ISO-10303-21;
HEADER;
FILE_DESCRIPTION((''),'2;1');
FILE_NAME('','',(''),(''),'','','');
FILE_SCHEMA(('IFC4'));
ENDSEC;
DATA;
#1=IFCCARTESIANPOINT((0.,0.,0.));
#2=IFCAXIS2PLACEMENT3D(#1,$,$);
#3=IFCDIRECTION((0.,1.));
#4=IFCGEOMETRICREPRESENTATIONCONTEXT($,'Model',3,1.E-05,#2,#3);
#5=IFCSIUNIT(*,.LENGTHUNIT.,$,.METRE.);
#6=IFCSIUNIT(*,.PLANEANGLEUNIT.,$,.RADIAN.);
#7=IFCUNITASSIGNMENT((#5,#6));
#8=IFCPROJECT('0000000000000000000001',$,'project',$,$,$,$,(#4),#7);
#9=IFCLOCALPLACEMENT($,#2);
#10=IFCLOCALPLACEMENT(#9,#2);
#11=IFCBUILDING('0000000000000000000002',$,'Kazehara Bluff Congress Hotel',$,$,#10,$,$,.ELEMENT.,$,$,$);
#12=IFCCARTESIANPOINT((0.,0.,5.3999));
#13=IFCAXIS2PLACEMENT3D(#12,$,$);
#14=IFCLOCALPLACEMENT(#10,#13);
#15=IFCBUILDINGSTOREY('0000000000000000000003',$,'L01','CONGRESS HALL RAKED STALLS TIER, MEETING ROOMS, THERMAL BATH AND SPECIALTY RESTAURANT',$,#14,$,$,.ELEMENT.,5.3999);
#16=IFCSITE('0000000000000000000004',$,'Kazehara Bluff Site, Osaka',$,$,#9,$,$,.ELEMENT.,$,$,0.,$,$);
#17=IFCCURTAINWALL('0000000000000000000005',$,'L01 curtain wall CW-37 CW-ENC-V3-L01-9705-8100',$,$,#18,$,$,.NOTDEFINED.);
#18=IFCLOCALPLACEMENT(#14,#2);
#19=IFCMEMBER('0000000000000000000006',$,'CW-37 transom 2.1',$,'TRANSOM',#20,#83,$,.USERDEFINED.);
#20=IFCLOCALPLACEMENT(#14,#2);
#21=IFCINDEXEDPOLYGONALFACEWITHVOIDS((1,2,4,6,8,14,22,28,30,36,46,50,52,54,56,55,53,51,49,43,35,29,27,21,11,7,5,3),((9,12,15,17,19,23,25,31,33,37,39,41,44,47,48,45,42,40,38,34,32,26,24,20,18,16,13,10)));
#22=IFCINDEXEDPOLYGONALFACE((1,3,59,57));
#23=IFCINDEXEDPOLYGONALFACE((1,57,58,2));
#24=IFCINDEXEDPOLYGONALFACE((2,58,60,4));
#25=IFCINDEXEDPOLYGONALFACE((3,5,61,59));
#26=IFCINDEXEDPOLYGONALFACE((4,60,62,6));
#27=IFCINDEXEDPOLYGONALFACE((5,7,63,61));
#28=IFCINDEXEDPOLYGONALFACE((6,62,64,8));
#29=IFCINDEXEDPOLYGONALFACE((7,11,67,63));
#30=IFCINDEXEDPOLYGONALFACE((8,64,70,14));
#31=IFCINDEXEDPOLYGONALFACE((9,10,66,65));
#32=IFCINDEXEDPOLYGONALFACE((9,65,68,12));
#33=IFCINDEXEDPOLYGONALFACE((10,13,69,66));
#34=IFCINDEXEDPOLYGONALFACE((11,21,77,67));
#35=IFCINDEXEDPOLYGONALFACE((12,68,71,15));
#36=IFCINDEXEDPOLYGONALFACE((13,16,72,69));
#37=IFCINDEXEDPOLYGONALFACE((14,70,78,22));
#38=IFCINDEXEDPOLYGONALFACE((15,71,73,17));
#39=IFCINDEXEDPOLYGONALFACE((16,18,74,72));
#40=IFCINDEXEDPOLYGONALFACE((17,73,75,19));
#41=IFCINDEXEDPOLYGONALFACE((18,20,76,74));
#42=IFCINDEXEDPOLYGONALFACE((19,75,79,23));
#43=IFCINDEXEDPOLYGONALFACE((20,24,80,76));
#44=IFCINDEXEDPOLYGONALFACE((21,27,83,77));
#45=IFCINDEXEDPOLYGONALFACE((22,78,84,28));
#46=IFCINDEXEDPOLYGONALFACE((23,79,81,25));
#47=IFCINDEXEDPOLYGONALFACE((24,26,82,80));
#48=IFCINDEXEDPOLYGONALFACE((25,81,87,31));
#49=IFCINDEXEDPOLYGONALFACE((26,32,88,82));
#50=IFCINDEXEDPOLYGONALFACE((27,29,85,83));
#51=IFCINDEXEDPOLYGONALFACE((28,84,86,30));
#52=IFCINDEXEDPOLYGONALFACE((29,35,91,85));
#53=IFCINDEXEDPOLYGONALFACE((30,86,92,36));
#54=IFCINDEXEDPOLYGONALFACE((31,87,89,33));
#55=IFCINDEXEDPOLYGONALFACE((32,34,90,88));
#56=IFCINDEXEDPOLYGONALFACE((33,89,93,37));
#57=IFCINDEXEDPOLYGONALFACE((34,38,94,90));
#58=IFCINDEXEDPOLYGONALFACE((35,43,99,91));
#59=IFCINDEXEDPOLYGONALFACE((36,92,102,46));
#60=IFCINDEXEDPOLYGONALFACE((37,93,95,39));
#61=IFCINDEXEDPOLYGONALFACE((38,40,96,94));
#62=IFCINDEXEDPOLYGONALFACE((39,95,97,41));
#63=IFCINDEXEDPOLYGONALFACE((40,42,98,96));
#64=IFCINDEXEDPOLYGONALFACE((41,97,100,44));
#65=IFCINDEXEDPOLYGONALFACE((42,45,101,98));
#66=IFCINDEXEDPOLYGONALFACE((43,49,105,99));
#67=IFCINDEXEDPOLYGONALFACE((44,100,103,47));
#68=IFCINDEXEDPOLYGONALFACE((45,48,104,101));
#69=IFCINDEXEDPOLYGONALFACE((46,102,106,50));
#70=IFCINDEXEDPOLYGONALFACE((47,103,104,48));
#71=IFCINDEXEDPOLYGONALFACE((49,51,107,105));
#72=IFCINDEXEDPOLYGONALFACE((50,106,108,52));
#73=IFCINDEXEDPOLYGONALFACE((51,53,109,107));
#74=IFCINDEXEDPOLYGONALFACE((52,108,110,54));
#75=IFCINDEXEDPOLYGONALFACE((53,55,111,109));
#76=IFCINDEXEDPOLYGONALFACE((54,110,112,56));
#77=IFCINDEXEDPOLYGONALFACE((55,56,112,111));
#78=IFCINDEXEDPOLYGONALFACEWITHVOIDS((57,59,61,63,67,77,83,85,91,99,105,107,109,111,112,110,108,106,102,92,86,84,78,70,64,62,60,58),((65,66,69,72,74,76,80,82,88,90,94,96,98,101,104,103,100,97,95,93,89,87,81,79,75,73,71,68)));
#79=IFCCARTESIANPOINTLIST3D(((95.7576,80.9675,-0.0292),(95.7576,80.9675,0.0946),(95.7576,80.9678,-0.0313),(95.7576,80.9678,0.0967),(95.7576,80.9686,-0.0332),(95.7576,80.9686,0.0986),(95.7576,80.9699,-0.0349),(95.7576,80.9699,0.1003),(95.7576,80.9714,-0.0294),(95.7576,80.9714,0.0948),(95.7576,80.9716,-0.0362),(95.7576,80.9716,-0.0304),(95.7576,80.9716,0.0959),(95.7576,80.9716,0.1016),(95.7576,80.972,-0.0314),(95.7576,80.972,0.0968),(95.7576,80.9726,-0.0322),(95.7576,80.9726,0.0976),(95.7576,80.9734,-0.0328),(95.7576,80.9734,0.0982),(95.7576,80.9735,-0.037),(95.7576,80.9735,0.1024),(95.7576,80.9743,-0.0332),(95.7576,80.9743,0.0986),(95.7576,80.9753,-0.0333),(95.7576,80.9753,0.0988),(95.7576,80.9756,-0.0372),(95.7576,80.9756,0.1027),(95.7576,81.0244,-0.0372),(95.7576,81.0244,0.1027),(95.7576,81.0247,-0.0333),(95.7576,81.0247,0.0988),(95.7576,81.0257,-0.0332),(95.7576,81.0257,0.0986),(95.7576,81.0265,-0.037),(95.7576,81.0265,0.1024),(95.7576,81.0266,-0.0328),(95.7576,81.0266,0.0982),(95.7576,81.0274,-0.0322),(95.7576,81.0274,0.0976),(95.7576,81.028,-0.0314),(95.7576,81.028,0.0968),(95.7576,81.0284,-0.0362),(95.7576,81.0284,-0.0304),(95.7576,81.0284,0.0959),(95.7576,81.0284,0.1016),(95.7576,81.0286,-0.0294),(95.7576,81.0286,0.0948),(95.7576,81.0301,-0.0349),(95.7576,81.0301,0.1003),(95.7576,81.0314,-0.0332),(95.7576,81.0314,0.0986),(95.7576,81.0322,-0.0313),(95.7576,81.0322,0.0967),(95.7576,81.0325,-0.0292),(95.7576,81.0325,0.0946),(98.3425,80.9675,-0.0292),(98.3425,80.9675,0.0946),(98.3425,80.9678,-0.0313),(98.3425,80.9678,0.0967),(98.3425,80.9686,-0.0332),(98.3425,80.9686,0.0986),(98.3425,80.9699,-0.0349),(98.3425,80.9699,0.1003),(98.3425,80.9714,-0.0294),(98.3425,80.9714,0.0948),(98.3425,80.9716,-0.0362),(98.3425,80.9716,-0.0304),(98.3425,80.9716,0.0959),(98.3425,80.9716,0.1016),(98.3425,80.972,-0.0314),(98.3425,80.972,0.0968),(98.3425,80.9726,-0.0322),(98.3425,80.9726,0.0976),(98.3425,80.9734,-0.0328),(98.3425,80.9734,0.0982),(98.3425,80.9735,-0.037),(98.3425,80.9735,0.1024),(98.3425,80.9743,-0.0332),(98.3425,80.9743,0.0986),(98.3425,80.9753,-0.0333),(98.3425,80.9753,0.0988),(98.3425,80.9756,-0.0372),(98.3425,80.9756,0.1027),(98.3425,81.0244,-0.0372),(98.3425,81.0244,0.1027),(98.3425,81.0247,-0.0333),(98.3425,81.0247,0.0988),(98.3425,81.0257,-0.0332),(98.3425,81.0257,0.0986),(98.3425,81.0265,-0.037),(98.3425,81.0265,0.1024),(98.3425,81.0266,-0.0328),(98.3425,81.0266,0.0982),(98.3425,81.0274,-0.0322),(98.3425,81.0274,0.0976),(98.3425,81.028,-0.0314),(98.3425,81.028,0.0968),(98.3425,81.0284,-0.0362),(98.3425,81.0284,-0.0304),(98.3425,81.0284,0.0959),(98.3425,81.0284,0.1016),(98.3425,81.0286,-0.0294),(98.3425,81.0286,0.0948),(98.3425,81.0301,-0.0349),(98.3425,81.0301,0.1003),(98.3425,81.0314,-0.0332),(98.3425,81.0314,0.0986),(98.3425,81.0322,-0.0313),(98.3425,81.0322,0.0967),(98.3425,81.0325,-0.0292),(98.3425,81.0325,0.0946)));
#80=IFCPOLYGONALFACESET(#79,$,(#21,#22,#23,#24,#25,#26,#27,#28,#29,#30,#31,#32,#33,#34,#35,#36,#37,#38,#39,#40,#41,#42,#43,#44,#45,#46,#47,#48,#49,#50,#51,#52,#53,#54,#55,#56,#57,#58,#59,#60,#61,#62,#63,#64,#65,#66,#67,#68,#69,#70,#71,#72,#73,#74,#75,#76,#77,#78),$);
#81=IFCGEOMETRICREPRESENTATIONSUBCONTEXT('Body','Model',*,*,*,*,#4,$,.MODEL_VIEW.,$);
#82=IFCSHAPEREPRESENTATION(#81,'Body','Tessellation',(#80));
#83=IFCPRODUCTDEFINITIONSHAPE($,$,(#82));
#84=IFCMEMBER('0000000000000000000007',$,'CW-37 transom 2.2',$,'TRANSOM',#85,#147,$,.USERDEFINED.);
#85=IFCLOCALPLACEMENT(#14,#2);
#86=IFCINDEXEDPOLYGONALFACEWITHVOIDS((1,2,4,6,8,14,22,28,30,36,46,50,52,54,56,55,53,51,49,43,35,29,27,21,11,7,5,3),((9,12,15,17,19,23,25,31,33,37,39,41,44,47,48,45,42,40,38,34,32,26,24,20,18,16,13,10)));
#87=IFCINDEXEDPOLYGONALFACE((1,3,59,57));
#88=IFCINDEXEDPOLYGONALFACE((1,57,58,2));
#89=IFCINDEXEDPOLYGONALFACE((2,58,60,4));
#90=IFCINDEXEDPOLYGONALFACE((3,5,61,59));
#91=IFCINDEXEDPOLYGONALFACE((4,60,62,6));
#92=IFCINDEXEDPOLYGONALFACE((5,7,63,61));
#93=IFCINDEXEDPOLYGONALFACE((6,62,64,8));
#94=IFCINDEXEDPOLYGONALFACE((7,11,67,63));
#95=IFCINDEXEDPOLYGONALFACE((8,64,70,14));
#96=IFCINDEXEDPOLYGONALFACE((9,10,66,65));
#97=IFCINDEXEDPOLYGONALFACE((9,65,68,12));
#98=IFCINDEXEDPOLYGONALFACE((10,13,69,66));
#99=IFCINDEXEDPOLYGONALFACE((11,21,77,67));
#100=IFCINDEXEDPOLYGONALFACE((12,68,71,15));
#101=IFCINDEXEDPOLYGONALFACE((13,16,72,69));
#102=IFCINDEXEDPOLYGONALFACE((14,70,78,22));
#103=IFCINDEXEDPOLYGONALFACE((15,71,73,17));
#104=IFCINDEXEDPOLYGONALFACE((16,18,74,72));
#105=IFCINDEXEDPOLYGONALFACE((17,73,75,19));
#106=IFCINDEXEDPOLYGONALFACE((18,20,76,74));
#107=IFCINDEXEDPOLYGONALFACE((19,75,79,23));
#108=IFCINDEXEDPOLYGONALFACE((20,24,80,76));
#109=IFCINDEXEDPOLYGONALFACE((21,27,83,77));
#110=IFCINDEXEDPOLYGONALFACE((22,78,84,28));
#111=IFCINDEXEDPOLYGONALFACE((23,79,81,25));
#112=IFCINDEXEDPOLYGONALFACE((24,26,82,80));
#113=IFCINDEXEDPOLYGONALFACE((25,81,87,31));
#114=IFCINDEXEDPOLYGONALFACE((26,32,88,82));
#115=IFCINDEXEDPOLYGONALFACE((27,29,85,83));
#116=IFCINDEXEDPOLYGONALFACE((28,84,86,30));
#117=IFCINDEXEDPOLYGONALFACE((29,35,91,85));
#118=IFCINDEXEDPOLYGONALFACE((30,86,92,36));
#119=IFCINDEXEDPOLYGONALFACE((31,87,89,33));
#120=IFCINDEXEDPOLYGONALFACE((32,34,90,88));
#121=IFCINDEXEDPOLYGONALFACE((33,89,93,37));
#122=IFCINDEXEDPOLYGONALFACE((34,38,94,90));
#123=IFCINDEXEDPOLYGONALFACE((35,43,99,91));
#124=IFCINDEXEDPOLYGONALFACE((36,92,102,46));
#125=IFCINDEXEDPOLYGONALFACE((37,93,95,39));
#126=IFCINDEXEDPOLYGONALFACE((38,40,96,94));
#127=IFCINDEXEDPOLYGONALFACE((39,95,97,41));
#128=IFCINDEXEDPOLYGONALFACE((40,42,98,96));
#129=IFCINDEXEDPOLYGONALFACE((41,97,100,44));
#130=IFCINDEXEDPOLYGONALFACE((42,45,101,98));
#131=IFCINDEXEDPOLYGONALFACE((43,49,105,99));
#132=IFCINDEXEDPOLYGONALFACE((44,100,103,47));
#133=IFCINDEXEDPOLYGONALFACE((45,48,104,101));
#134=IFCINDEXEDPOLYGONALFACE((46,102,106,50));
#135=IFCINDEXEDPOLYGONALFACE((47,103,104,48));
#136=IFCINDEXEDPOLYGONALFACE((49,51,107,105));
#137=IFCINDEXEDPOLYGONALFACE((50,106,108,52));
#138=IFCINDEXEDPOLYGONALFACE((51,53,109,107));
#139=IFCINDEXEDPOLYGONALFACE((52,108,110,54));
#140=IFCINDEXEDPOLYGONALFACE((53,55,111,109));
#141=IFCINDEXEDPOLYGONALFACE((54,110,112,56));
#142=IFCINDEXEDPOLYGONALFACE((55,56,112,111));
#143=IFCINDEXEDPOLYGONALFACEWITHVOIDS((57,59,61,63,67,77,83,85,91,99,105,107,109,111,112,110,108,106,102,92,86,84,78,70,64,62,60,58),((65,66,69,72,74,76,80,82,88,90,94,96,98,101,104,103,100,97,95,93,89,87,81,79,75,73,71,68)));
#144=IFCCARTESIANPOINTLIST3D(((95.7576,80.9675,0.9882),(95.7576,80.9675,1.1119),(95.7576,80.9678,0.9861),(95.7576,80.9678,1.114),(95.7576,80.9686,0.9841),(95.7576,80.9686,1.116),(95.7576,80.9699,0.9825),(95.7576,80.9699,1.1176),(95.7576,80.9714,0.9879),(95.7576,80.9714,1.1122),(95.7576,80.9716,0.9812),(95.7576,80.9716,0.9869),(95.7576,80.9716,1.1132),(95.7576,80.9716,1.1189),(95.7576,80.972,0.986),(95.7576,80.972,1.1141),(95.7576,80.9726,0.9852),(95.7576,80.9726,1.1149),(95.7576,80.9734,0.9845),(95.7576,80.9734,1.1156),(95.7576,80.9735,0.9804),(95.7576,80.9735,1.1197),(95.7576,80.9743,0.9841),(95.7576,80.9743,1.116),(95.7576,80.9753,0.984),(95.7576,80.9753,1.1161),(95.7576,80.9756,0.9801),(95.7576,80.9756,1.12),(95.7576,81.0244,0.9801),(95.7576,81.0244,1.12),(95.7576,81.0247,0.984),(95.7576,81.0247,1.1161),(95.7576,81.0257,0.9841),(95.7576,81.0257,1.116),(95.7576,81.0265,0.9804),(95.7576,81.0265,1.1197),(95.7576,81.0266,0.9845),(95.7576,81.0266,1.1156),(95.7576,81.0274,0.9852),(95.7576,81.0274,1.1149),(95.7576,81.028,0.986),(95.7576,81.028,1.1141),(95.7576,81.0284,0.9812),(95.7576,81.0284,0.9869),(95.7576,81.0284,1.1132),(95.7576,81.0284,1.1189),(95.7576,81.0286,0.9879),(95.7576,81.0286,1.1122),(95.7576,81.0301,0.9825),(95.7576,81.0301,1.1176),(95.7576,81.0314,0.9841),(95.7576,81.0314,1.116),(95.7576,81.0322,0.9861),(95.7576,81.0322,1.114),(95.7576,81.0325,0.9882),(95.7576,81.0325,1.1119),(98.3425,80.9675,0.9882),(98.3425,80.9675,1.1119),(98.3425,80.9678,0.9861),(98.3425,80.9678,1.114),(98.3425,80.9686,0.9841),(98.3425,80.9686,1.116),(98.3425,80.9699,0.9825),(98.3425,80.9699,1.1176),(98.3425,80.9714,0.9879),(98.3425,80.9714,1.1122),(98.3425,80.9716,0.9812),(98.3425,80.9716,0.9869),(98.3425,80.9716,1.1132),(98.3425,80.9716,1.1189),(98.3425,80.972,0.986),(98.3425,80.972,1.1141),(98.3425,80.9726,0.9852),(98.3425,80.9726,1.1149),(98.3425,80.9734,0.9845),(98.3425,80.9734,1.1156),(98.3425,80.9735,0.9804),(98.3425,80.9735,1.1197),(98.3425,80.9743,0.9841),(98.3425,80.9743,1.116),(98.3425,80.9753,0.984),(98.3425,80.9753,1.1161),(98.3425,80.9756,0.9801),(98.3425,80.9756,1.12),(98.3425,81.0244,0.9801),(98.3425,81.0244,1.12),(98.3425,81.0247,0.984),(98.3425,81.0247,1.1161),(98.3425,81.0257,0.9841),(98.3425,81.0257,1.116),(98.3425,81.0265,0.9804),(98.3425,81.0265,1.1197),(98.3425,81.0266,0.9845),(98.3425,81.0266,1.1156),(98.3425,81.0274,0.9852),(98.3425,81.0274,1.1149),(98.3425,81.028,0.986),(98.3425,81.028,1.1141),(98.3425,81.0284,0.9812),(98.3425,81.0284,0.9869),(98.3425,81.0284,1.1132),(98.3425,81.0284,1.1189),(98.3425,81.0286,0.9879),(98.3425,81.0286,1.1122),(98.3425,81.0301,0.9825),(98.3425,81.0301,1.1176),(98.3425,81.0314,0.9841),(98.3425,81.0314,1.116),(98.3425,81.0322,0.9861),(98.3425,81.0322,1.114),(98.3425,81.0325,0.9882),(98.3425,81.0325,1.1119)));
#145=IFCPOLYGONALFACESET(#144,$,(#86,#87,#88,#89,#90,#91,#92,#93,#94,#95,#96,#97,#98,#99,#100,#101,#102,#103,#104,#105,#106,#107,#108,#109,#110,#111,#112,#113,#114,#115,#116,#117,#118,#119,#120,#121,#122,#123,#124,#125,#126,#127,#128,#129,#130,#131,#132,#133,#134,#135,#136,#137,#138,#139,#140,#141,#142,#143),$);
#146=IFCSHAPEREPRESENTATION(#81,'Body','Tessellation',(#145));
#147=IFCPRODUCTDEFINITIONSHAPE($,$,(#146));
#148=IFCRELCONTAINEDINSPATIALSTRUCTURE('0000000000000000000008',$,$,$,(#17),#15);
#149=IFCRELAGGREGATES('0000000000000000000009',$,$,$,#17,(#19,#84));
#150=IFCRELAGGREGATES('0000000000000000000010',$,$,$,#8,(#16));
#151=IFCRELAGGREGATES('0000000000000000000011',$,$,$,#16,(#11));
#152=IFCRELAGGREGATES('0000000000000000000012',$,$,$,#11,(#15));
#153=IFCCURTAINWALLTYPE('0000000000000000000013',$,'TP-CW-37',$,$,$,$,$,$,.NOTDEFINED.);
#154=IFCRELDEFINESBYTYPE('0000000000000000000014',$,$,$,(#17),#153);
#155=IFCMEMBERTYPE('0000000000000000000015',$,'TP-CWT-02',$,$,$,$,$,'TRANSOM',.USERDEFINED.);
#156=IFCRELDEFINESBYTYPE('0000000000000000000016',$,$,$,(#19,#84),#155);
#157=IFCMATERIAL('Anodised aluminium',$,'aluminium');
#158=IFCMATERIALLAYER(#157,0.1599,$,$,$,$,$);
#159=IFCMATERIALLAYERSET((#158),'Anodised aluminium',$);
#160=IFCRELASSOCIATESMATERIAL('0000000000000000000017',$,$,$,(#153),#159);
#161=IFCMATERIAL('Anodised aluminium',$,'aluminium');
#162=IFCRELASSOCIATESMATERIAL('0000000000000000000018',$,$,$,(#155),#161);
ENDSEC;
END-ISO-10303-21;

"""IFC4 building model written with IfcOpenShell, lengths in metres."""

from ifc_helpers import new_model, si_unit, direction, frame, origin, origin_2d, place, context, subcontext, project, spatial, hollow_rectangle, extrude, material, layer, layer_set, material_profile, profile_set, type_object, element, aggregate, save


model = new_model("IFC4")

# Units and contexts
model_context = context("Model", 3, precision=1e-05, world=origin(), true_north=direction((0.0, 1.0)))
body_context = subcontext(model_context, "Body", "Model", "MODEL_VIEW")
ifc_project = project(units=[si_unit("LENGTHUNIT", "METRE"), si_unit("PLANEANGLEUNIT", "RADIAN")], contexts=[model_context])

# Site, building, storey
site_placement = place(None, origin())
site = spatial("IfcSite", under=ifc_project, at=site_placement, Name="Kazehara Bluff Site, Osaka", CompositionType="ELEMENT", RefElevation=0.0)
building_placement = place(site_placement, origin())
building = spatial("IfcBuilding", under=site, at=building_placement, Name="Kazehara Bluff Congress Hotel", CompositionType="ELEMENT")
storey_placement = place(building_placement, frame((0.0, 0.0, 5.3999)))
storey = spatial("IfcBuildingStorey", under=building, at=storey_placement, Name="L01", Description="CONGRESS HALL RAKED STALLS TIER, MEETING ROOMS, THERMAL BATH AND SPECIALTY RESTAURANT", CompositionType="ELEMENT", Elevation=5.3999)

# Curtain wall
ifc_material_1 = material(Name="Anodised aluminium", Category="aluminium")
ifc_layer_1 = layer(ifc_material_1, 0.1599)
ifc_layer_set_1 = layer_set([ifc_layer_1], Name="Anodised aluminium")
curtain_wall_type_1 = type_object("IfcCurtainWallType", Name="TP-CW-37", PredefinedType="NOTDEFINED", material=ifc_layer_set_1)
curtain_wall_1_placement = place(storey_placement, origin())
curtain_wall_1 = element("IfcCurtainWall", 1, at=curtain_wall_1_placement, inside=storey, type_object=curtain_wall_type_1, Name="L01 curtain wall CW-37 CW-ENC-V3-L01-9705-8100", PredefinedType="NOTDEFINED")

# Members
ifc_material_2 = material(Name="Anodised aluminium", Category="aluminium")
ifc_material_profile_1 = material_profile(ifc_material_2, hollow_rectangle(XDim=0.0649, YDim=0.1399, WallThickness=0.0039, InnerFilletRadius=0.0039, OuterFilletRadius=0.0081, at=origin_2d()))
ifc_profile_set_1 = profile_set([ifc_material_profile_1], Name="Anodised aluminium")
member_type_1 = type_object("IfcMemberType", Name="TP-CWT-02", ElementType="TRANSOM", PredefinedType="USERDEFINED", material=ifc_profile_set_1)
member_1_placement = place(storey_placement, frame((98.3425, 81.0, 0.0327), z_axis=(-1.0, 0.0, 0.0), x_axis=(0.0, -1.0, 0.0)))
member_1 = element("IfcMember", 2, at=member_1_placement, type_object=member_type_1, Name="CW-37 transom 2.1", ObjectType="TRANSOM", PredefinedType="USERDEFINED", context=body_context, shape_type="SweptSolid", body=[
    extrude(hollow_rectangle(XDim=0.0649, YDim=0.1399, WallThickness=0.0039, InnerFilletRadius=0.0039, OuterFilletRadius=0.0081, at=origin_2d()), origin(), (0.0, 0.0, 1.0), 2.585),
])
member_2_placement = place(storey_placement, frame((98.3425, 81.0, 1.05), z_axis=(-1.0, 0.0, 0.0), x_axis=(0.0, -1.0, 0.0)))
member_2 = element("IfcMember", 3, at=member_2_placement, type_object=member_type_1, Name="CW-37 transom 2.2", ObjectType="TRANSOM", PredefinedType="USERDEFINED", context=body_context, shape_type="SweptSolid", body=[
    extrude(hollow_rectangle(XDim=0.0649, YDim=0.1399, WallThickness=0.0039, InnerFilletRadius=0.0039, OuterFilletRadius=0.0081, at=origin_2d()), origin(), (0.0, 0.0, 1.0), 2.585),
])

aggregate(curtain_wall_1, [member_1, member_2])

save(model, "model.ifc")
